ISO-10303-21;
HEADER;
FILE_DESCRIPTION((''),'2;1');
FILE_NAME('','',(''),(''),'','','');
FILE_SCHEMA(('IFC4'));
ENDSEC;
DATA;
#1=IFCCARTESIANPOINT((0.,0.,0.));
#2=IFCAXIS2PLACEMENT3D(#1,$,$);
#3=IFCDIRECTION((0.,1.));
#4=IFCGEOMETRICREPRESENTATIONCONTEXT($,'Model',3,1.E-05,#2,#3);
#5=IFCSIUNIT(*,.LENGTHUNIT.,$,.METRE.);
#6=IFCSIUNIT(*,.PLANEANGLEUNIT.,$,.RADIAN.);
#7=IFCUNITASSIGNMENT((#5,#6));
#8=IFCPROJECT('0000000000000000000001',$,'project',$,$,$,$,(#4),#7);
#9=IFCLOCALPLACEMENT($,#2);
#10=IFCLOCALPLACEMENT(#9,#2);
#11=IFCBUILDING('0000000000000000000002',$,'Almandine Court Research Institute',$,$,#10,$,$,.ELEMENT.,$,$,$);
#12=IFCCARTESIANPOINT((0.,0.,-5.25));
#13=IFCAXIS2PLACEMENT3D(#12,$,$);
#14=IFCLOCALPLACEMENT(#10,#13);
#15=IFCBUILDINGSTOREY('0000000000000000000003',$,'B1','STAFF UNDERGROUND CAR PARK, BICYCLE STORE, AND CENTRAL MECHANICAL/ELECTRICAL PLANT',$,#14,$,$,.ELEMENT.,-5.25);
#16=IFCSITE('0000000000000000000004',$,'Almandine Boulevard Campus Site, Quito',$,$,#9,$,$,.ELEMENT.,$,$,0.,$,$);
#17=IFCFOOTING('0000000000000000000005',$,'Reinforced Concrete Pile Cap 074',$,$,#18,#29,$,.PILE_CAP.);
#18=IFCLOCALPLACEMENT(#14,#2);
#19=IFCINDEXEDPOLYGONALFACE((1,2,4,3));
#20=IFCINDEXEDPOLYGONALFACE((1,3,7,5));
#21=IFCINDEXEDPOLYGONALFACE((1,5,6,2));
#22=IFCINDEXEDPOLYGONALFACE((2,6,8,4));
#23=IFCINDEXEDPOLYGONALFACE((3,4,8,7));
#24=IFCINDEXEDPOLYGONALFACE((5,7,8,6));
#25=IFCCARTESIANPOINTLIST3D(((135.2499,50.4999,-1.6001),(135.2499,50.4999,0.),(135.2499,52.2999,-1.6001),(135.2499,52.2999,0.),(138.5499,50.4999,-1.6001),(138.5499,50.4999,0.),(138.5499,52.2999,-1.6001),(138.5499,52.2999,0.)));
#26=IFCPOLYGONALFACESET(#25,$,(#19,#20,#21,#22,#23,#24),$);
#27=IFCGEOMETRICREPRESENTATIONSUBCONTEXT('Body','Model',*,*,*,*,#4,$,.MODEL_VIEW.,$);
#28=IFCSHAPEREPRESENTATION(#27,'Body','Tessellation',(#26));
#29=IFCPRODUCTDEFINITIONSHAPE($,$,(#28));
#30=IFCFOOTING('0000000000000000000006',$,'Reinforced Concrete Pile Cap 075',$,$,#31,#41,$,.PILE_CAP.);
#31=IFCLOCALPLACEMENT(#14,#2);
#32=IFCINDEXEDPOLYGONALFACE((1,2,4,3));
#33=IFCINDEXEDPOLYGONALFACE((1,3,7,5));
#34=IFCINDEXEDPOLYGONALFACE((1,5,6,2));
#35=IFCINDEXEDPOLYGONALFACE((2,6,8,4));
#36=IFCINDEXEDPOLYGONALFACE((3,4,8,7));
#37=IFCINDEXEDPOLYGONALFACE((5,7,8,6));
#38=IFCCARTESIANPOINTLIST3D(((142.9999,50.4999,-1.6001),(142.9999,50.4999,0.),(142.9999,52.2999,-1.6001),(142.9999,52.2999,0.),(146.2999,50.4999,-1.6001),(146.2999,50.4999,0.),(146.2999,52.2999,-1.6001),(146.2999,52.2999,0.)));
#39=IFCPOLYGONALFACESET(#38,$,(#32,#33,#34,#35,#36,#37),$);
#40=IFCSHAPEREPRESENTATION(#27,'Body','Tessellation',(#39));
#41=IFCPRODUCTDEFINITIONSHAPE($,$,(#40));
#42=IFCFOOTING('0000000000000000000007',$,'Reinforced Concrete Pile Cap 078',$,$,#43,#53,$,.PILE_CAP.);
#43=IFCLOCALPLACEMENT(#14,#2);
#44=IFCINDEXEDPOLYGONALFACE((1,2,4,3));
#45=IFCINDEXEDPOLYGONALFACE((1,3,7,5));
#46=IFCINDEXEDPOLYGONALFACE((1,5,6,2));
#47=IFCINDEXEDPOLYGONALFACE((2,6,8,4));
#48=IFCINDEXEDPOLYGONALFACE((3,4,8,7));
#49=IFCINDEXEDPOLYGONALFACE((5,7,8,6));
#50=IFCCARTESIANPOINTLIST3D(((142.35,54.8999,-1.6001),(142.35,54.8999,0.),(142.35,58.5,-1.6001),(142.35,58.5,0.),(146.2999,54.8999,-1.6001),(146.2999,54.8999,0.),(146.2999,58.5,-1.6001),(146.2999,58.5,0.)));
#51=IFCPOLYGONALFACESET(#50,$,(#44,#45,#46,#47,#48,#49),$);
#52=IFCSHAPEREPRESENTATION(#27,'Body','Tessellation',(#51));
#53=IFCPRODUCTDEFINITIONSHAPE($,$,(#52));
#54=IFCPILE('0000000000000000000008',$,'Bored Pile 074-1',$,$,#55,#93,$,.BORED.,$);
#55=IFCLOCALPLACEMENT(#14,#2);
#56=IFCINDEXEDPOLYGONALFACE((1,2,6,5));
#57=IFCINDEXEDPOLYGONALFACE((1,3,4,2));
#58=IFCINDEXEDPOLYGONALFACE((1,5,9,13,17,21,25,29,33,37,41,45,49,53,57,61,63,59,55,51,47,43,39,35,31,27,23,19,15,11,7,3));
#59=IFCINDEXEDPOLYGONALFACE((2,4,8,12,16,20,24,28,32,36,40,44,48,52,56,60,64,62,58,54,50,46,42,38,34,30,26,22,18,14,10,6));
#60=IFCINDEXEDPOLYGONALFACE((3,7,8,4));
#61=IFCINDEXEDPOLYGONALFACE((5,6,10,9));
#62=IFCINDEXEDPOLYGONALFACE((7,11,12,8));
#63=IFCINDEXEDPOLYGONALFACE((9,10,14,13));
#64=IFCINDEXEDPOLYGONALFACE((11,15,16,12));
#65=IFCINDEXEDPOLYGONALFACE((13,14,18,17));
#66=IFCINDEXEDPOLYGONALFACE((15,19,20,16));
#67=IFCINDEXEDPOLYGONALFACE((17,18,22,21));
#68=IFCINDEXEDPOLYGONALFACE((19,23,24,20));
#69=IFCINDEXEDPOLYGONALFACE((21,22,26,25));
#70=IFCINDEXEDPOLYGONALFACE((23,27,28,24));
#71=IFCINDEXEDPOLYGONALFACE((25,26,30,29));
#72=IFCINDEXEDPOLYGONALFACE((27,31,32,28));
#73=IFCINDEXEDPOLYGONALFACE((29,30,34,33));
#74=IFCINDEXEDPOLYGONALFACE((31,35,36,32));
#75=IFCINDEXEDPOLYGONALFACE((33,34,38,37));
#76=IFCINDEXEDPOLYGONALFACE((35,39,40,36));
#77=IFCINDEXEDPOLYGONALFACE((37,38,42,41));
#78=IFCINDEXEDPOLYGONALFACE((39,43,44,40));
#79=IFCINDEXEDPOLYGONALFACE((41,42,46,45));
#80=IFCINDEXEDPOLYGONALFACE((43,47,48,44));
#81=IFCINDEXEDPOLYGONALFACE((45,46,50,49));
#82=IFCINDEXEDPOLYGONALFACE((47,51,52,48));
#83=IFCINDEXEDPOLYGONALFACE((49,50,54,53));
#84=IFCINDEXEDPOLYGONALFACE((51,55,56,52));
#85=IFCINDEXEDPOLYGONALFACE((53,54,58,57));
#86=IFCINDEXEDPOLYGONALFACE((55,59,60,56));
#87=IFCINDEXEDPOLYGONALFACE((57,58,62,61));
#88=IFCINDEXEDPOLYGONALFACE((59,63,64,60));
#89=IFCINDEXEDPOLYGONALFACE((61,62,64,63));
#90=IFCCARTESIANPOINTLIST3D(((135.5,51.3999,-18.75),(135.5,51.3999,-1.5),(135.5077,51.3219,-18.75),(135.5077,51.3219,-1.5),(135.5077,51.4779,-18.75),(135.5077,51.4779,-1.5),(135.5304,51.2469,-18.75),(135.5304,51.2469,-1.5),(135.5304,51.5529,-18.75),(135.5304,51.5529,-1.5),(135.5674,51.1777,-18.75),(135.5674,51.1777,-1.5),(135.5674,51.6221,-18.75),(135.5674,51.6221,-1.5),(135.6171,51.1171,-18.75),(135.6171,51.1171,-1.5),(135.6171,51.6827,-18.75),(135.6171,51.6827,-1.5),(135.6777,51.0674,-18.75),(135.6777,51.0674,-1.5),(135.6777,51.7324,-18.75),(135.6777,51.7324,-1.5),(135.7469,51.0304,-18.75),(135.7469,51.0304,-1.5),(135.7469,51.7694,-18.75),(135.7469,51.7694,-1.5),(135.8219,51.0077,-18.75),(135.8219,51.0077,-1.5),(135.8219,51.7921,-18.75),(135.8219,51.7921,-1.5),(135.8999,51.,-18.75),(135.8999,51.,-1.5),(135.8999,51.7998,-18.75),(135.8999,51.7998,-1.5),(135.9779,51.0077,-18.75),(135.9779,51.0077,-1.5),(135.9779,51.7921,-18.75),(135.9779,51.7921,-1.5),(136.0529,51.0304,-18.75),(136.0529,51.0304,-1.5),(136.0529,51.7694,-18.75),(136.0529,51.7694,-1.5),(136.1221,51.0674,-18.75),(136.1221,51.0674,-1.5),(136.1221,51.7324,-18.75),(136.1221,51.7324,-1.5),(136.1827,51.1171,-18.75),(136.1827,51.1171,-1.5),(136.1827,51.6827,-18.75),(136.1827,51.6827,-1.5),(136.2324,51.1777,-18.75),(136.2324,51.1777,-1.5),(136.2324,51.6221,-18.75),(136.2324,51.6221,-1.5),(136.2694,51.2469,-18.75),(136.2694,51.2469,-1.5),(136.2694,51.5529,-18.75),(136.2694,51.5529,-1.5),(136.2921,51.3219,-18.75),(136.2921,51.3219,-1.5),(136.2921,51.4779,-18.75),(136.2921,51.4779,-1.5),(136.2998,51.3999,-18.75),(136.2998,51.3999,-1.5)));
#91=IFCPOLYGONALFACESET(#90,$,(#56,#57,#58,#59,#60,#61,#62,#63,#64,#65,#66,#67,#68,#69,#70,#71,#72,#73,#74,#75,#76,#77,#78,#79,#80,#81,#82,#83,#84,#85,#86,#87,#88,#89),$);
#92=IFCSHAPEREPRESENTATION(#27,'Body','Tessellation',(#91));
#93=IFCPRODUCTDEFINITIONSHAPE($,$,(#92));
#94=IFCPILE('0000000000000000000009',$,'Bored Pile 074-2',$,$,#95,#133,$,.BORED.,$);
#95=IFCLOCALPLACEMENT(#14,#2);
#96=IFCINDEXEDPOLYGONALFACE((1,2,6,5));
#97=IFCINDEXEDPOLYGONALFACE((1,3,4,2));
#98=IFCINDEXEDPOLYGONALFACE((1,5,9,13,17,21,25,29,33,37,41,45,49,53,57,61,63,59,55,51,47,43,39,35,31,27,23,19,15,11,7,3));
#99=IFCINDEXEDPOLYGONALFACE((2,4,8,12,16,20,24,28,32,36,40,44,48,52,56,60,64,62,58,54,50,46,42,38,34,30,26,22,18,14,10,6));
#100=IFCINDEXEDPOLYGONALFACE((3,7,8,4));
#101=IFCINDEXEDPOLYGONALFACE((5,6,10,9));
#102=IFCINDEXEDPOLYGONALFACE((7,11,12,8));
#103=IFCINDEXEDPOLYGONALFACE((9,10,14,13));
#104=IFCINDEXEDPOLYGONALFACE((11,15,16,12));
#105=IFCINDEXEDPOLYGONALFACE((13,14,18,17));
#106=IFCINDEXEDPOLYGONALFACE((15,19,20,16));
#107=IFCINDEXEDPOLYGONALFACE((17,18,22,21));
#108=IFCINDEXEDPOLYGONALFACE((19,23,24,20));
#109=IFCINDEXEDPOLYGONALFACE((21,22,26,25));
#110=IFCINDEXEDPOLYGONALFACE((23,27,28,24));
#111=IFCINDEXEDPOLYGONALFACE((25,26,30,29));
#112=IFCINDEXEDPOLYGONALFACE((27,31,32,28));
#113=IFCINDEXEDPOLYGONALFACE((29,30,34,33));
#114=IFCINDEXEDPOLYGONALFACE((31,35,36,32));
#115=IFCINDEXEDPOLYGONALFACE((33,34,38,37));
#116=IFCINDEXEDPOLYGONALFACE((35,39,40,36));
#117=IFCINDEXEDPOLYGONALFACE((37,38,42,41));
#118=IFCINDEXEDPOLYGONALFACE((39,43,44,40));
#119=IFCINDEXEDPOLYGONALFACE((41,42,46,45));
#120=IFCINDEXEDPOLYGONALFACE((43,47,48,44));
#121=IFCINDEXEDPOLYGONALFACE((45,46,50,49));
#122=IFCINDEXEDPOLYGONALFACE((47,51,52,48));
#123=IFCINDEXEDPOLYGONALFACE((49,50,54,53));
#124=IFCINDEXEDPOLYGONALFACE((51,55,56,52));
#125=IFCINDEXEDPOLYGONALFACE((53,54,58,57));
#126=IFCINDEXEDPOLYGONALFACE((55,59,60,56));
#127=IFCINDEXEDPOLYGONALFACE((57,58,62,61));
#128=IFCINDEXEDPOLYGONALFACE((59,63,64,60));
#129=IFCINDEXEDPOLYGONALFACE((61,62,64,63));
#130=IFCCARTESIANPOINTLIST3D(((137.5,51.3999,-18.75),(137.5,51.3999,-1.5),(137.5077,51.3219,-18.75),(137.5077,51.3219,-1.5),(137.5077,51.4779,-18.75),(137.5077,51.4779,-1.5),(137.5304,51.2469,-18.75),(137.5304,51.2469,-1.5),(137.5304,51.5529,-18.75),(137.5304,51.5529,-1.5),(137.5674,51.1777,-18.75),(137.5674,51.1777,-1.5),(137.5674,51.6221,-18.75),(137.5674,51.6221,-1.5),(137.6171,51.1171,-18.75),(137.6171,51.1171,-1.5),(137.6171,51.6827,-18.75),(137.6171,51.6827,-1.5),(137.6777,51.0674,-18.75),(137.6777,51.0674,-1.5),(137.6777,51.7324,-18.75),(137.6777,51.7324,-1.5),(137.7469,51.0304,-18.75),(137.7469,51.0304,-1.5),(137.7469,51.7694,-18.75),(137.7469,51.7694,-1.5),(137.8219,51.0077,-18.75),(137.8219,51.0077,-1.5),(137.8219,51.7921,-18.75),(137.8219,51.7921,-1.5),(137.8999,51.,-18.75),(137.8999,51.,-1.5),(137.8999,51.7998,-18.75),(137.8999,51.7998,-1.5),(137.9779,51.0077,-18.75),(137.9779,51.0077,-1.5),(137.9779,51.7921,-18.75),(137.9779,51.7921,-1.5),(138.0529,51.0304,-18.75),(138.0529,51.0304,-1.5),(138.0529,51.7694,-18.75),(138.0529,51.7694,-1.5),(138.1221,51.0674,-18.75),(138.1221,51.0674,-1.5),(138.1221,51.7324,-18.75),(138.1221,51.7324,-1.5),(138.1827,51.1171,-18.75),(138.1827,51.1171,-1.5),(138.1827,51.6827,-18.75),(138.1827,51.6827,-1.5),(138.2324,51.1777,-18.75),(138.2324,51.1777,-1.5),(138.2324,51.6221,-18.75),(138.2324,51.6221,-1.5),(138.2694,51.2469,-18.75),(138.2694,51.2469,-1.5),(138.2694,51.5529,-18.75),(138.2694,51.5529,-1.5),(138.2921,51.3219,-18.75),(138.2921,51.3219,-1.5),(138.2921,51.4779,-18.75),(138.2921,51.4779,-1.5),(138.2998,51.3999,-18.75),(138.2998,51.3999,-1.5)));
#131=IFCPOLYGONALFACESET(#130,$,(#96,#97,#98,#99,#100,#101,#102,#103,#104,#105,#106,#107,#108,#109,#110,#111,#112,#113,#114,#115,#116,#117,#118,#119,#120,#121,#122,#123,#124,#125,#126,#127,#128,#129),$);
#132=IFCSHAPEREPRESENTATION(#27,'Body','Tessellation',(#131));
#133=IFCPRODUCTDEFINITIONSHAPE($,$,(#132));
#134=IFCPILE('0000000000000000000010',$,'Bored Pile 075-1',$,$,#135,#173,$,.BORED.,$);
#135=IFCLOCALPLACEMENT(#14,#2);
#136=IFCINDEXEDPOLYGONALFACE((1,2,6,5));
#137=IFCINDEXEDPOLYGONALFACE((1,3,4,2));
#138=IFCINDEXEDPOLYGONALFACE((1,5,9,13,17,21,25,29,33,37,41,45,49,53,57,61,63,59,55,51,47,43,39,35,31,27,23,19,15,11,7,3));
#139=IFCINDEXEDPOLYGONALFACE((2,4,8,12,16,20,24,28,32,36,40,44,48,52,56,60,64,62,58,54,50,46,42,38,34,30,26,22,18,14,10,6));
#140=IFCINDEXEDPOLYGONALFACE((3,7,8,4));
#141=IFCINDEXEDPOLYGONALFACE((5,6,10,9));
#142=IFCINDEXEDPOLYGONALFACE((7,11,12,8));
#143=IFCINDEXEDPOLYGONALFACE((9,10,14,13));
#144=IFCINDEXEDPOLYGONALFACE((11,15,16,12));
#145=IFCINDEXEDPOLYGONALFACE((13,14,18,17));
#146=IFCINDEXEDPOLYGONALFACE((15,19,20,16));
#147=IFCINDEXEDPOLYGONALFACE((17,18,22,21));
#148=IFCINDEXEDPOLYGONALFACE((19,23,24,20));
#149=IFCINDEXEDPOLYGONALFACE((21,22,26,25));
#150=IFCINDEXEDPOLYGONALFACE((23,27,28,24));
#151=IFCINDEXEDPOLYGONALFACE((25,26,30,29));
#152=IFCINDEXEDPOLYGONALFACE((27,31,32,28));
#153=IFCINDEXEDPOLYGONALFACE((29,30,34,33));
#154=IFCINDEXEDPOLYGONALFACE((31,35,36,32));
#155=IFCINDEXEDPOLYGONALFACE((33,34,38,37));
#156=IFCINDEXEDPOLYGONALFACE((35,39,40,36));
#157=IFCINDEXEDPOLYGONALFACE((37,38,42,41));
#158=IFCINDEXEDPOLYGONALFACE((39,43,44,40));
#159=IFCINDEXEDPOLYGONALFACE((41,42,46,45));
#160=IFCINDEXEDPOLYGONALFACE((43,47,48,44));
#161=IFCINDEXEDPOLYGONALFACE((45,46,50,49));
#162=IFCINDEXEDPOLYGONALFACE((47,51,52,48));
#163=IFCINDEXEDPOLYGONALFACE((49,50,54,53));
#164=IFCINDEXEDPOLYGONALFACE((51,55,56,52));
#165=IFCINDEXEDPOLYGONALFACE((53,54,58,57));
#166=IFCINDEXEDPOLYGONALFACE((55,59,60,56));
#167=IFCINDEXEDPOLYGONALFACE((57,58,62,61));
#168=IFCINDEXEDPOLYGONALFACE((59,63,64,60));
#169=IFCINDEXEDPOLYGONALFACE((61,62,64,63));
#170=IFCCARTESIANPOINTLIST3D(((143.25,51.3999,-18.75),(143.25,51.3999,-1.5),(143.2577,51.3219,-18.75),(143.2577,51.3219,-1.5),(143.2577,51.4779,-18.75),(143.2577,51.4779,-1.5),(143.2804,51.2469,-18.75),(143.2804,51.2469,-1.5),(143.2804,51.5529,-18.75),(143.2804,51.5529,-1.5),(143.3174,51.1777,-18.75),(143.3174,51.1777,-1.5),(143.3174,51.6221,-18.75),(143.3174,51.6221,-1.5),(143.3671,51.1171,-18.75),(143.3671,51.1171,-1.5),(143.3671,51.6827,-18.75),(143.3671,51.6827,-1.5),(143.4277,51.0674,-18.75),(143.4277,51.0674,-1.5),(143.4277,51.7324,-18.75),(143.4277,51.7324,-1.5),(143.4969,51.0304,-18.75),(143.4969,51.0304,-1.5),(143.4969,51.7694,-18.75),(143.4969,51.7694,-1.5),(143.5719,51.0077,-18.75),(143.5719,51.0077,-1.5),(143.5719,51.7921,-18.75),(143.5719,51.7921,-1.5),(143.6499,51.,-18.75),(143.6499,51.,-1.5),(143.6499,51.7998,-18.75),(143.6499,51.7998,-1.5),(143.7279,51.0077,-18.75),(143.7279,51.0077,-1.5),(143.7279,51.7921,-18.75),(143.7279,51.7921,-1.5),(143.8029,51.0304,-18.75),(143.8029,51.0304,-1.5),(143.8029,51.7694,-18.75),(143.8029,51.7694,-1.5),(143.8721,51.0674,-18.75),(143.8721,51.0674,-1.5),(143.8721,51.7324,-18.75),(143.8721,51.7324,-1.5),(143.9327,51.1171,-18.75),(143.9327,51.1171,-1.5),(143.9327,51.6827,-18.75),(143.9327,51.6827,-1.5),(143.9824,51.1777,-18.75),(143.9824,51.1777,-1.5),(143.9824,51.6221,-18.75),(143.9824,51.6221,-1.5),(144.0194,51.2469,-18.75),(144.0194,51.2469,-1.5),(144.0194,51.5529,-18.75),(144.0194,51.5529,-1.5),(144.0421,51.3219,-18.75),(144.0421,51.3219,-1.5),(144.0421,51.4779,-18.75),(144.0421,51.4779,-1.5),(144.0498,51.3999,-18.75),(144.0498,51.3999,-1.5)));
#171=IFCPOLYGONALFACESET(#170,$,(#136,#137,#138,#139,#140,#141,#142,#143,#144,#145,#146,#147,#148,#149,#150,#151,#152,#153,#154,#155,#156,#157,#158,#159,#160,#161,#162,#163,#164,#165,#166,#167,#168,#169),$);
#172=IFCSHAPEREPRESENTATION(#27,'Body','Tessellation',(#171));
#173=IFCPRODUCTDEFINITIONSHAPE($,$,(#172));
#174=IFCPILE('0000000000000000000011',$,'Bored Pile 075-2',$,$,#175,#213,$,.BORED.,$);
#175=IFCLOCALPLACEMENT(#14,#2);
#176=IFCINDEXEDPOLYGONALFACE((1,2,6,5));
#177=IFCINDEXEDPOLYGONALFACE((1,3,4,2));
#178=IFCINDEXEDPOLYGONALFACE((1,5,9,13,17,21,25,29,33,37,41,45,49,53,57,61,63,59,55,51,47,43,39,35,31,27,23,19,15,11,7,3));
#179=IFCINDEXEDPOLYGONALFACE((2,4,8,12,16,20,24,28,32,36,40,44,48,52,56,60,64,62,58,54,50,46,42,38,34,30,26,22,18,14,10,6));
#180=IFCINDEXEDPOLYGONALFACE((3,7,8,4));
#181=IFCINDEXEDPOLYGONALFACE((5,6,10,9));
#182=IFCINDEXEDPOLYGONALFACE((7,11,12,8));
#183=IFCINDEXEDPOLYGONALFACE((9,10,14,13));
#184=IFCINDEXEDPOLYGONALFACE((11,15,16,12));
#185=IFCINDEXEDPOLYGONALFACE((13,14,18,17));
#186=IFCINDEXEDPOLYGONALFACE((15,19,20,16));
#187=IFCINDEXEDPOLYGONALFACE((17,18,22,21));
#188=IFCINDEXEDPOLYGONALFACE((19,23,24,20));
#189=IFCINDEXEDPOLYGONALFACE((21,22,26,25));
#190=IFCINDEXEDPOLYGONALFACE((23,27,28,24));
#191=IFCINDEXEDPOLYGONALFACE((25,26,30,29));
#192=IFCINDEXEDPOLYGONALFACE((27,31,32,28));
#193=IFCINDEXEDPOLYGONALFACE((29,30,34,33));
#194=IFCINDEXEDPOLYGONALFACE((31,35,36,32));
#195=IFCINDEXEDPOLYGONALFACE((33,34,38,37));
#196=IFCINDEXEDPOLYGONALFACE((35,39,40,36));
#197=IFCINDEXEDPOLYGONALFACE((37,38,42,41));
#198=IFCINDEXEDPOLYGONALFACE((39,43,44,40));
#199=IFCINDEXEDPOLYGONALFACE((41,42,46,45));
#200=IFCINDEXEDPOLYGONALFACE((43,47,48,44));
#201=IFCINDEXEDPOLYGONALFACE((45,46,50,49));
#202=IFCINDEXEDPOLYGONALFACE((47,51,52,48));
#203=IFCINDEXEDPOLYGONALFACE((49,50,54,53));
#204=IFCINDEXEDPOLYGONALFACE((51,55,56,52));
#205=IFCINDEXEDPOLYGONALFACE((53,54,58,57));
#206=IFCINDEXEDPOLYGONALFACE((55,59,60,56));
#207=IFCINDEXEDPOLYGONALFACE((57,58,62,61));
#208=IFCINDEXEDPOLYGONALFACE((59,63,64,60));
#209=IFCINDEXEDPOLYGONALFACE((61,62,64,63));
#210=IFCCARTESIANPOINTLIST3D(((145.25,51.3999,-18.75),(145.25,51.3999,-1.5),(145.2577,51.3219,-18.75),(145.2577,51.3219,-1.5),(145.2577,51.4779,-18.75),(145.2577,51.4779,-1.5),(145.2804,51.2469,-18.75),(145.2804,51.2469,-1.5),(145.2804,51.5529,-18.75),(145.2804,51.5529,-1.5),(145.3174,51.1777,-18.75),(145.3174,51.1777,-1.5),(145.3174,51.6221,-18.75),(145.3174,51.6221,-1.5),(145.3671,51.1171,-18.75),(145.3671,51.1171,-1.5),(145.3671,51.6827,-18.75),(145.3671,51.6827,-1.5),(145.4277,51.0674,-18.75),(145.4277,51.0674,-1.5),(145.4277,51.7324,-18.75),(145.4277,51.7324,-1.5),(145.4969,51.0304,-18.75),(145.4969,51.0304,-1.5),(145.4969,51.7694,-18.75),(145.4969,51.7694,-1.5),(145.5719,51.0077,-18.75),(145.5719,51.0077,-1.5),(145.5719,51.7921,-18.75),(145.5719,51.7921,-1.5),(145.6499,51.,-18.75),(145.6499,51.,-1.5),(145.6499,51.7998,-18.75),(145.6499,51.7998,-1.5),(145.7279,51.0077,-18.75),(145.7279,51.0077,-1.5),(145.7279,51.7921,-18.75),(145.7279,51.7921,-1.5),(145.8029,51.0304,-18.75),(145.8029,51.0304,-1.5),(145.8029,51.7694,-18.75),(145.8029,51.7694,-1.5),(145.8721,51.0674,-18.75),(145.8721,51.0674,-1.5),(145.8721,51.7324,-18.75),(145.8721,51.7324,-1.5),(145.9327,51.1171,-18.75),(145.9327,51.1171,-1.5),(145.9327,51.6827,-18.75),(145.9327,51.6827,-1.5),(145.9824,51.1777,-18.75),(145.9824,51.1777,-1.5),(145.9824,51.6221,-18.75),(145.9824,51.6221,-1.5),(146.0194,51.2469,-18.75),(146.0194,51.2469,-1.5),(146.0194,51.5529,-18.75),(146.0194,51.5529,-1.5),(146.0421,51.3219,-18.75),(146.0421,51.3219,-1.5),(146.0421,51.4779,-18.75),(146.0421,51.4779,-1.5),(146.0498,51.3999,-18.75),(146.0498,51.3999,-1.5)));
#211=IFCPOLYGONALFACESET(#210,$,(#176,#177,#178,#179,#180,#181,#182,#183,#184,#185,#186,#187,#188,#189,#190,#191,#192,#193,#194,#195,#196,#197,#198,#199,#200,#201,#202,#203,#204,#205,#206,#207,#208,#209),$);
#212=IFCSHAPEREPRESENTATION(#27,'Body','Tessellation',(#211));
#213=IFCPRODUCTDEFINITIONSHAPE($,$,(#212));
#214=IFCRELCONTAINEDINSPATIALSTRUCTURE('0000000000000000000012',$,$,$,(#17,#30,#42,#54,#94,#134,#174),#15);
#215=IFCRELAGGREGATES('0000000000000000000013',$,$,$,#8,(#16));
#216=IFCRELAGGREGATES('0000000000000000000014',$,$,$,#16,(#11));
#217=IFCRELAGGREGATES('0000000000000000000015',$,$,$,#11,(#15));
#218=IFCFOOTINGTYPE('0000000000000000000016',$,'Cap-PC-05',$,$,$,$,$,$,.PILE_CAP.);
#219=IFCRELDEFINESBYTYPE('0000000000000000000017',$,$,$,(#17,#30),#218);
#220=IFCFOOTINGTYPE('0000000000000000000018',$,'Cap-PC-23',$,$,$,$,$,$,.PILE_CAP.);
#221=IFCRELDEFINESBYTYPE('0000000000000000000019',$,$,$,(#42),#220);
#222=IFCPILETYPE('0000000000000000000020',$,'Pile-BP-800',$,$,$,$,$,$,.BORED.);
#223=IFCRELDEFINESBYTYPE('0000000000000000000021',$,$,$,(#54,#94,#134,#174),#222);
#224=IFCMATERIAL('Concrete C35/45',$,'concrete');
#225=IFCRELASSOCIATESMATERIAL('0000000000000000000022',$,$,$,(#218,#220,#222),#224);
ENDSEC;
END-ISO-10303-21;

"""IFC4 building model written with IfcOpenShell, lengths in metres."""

from ifc_helpers import new_model, si_unit, direction, frame, origin, origin_2d, place, context, subcontext, project, spatial, rectangle, circle, extrude, material, material_profile, profile_set, type_object, element, save


model = new_model("IFC4")

# Units and contexts
model_context = context("Model", 3, precision=1e-05, world=origin(), true_north=direction((0.0, 1.0)))
body_context = subcontext(model_context, "Body", "Model", "MODEL_VIEW")
ifc_project = project(units=[si_unit("LENGTHUNIT", "METRE"), si_unit("PLANEANGLEUNIT", "RADIAN")], contexts=[model_context])

# Site, building, storey
site_placement = place(None, origin())
site = spatial("IfcSite", under=ifc_project, at=site_placement, Name="Almandine Boulevard Campus Site, Quito", CompositionType="ELEMENT", RefElevation=0.0)
building_placement = place(site_placement, origin())
building = spatial("IfcBuilding", under=site, at=building_placement, Name="Almandine Court Research Institute", CompositionType="ELEMENT")
storey_placement = place(building_placement, frame((0.0, 0.0, -5.25)))
storey = spatial("IfcBuildingStorey", under=building, at=storey_placement, Name="B1", Description="STAFF UNDERGROUND CAR PARK, BICYCLE STORE, AND CENTRAL MECHANICAL/ELECTRICAL PLANT", CompositionType="ELEMENT", Elevation=-5.25)

# Footings
ifc_material_1 = material(Name="Concrete C35/45", Category="concrete")
footing_type_1 = type_object("IfcFootingType", Name="Cap-PC-05", PredefinedType="PILE_CAP", material=ifc_material_1)
for number, where, z_axis, x_axis, name in (
    (1, (136.8999, 51.3999, -1.6001), (0.0, 0.0, 1.0), (1.0, 0.0, 0.0), "Reinforced Concrete Pile Cap 074"),
    (2, (144.6499, 51.3999, -1.6001), (0.0, 0.0, 1.0), (1.0, 0.0, 0.0), "Reinforced Concrete Pile Cap 075"),
):
    element("IfcFooting", number, at=place(storey_placement, frame(where, z_axis=z_axis, x_axis=x_axis)), inside=storey, type_object=footing_type_1, Name=name, PredefinedType="PILE_CAP", context=body_context, shape_type="SweptSolid", body=[
        extrude(rectangle(XDim=3.3, YDim=1.8, at=origin_2d()), origin(), (0.0, 0.0, 1.0), 1.6001),
    ])
footing_type_2 = type_object("IfcFootingType", Name="Cap-PC-23", PredefinedType="PILE_CAP", material=ifc_material_1)
footing_1_placement = place(storey_placement, frame((144.325, 56.7, -1.6001), z_axis=(0.0, 0.0, 1.0), x_axis=(1.0, 0.0, 0.0)))
element("IfcFooting", 3, at=footing_1_placement, inside=storey, type_object=footing_type_2, Name="Reinforced Concrete Pile Cap 078", PredefinedType="PILE_CAP", context=body_context, shape_type="SweptSolid", body=[
    extrude(rectangle(XDim=3.95, YDim=3.6001, at=origin_2d()), origin(), (0.0, 0.0, 1.0), 1.6001),
])

# Piles
ifc_material_profile_1 = material_profile(ifc_material_1, circle(Radius=0.3999, at=origin_2d()), Name="BORED PILE D800")
ifc_profile_set_1 = profile_set([ifc_material_profile_1], Name="Concrete C35/45")
pile_type = type_object("IfcPileType", Name="Pile-BP-800", PredefinedType="BORED", material=ifc_profile_set_1)
for number, where, z_axis, x_axis, name in (
    (4, (135.8999, 51.3999, -1.5), (0.0, 0.0, -1.0), (1.0, 0.0, 0.0), "Bored Pile 074-1"),
    (5, (137.8999, 51.3999, -1.5), (0.0, 0.0, -1.0), (1.0, 0.0, 0.0), "Bored Pile 074-2"),
    (6, (143.6499, 51.3999, -1.5), (0.0, 0.0, -1.0), (1.0, 0.0, 0.0), "Bored Pile 075-1"),
    (7, (145.6499, 51.3999, -1.5), (0.0, 0.0, -1.0), (1.0, 0.0, 0.0), "Bored Pile 075-2"),
):
    element("IfcPile", number, at=place(storey_placement, frame(where, z_axis=z_axis, x_axis=x_axis)), inside=storey, type_object=pile_type, Name=name, PredefinedType="BORED", context=body_context, shape_type="SweptSolid", body=[
        extrude(circle(Radius=0.3999, at=origin_2d()), origin(), (0.0, 0.0, 1.0), 17.25),
    ])

save(model, "model.ifc")
